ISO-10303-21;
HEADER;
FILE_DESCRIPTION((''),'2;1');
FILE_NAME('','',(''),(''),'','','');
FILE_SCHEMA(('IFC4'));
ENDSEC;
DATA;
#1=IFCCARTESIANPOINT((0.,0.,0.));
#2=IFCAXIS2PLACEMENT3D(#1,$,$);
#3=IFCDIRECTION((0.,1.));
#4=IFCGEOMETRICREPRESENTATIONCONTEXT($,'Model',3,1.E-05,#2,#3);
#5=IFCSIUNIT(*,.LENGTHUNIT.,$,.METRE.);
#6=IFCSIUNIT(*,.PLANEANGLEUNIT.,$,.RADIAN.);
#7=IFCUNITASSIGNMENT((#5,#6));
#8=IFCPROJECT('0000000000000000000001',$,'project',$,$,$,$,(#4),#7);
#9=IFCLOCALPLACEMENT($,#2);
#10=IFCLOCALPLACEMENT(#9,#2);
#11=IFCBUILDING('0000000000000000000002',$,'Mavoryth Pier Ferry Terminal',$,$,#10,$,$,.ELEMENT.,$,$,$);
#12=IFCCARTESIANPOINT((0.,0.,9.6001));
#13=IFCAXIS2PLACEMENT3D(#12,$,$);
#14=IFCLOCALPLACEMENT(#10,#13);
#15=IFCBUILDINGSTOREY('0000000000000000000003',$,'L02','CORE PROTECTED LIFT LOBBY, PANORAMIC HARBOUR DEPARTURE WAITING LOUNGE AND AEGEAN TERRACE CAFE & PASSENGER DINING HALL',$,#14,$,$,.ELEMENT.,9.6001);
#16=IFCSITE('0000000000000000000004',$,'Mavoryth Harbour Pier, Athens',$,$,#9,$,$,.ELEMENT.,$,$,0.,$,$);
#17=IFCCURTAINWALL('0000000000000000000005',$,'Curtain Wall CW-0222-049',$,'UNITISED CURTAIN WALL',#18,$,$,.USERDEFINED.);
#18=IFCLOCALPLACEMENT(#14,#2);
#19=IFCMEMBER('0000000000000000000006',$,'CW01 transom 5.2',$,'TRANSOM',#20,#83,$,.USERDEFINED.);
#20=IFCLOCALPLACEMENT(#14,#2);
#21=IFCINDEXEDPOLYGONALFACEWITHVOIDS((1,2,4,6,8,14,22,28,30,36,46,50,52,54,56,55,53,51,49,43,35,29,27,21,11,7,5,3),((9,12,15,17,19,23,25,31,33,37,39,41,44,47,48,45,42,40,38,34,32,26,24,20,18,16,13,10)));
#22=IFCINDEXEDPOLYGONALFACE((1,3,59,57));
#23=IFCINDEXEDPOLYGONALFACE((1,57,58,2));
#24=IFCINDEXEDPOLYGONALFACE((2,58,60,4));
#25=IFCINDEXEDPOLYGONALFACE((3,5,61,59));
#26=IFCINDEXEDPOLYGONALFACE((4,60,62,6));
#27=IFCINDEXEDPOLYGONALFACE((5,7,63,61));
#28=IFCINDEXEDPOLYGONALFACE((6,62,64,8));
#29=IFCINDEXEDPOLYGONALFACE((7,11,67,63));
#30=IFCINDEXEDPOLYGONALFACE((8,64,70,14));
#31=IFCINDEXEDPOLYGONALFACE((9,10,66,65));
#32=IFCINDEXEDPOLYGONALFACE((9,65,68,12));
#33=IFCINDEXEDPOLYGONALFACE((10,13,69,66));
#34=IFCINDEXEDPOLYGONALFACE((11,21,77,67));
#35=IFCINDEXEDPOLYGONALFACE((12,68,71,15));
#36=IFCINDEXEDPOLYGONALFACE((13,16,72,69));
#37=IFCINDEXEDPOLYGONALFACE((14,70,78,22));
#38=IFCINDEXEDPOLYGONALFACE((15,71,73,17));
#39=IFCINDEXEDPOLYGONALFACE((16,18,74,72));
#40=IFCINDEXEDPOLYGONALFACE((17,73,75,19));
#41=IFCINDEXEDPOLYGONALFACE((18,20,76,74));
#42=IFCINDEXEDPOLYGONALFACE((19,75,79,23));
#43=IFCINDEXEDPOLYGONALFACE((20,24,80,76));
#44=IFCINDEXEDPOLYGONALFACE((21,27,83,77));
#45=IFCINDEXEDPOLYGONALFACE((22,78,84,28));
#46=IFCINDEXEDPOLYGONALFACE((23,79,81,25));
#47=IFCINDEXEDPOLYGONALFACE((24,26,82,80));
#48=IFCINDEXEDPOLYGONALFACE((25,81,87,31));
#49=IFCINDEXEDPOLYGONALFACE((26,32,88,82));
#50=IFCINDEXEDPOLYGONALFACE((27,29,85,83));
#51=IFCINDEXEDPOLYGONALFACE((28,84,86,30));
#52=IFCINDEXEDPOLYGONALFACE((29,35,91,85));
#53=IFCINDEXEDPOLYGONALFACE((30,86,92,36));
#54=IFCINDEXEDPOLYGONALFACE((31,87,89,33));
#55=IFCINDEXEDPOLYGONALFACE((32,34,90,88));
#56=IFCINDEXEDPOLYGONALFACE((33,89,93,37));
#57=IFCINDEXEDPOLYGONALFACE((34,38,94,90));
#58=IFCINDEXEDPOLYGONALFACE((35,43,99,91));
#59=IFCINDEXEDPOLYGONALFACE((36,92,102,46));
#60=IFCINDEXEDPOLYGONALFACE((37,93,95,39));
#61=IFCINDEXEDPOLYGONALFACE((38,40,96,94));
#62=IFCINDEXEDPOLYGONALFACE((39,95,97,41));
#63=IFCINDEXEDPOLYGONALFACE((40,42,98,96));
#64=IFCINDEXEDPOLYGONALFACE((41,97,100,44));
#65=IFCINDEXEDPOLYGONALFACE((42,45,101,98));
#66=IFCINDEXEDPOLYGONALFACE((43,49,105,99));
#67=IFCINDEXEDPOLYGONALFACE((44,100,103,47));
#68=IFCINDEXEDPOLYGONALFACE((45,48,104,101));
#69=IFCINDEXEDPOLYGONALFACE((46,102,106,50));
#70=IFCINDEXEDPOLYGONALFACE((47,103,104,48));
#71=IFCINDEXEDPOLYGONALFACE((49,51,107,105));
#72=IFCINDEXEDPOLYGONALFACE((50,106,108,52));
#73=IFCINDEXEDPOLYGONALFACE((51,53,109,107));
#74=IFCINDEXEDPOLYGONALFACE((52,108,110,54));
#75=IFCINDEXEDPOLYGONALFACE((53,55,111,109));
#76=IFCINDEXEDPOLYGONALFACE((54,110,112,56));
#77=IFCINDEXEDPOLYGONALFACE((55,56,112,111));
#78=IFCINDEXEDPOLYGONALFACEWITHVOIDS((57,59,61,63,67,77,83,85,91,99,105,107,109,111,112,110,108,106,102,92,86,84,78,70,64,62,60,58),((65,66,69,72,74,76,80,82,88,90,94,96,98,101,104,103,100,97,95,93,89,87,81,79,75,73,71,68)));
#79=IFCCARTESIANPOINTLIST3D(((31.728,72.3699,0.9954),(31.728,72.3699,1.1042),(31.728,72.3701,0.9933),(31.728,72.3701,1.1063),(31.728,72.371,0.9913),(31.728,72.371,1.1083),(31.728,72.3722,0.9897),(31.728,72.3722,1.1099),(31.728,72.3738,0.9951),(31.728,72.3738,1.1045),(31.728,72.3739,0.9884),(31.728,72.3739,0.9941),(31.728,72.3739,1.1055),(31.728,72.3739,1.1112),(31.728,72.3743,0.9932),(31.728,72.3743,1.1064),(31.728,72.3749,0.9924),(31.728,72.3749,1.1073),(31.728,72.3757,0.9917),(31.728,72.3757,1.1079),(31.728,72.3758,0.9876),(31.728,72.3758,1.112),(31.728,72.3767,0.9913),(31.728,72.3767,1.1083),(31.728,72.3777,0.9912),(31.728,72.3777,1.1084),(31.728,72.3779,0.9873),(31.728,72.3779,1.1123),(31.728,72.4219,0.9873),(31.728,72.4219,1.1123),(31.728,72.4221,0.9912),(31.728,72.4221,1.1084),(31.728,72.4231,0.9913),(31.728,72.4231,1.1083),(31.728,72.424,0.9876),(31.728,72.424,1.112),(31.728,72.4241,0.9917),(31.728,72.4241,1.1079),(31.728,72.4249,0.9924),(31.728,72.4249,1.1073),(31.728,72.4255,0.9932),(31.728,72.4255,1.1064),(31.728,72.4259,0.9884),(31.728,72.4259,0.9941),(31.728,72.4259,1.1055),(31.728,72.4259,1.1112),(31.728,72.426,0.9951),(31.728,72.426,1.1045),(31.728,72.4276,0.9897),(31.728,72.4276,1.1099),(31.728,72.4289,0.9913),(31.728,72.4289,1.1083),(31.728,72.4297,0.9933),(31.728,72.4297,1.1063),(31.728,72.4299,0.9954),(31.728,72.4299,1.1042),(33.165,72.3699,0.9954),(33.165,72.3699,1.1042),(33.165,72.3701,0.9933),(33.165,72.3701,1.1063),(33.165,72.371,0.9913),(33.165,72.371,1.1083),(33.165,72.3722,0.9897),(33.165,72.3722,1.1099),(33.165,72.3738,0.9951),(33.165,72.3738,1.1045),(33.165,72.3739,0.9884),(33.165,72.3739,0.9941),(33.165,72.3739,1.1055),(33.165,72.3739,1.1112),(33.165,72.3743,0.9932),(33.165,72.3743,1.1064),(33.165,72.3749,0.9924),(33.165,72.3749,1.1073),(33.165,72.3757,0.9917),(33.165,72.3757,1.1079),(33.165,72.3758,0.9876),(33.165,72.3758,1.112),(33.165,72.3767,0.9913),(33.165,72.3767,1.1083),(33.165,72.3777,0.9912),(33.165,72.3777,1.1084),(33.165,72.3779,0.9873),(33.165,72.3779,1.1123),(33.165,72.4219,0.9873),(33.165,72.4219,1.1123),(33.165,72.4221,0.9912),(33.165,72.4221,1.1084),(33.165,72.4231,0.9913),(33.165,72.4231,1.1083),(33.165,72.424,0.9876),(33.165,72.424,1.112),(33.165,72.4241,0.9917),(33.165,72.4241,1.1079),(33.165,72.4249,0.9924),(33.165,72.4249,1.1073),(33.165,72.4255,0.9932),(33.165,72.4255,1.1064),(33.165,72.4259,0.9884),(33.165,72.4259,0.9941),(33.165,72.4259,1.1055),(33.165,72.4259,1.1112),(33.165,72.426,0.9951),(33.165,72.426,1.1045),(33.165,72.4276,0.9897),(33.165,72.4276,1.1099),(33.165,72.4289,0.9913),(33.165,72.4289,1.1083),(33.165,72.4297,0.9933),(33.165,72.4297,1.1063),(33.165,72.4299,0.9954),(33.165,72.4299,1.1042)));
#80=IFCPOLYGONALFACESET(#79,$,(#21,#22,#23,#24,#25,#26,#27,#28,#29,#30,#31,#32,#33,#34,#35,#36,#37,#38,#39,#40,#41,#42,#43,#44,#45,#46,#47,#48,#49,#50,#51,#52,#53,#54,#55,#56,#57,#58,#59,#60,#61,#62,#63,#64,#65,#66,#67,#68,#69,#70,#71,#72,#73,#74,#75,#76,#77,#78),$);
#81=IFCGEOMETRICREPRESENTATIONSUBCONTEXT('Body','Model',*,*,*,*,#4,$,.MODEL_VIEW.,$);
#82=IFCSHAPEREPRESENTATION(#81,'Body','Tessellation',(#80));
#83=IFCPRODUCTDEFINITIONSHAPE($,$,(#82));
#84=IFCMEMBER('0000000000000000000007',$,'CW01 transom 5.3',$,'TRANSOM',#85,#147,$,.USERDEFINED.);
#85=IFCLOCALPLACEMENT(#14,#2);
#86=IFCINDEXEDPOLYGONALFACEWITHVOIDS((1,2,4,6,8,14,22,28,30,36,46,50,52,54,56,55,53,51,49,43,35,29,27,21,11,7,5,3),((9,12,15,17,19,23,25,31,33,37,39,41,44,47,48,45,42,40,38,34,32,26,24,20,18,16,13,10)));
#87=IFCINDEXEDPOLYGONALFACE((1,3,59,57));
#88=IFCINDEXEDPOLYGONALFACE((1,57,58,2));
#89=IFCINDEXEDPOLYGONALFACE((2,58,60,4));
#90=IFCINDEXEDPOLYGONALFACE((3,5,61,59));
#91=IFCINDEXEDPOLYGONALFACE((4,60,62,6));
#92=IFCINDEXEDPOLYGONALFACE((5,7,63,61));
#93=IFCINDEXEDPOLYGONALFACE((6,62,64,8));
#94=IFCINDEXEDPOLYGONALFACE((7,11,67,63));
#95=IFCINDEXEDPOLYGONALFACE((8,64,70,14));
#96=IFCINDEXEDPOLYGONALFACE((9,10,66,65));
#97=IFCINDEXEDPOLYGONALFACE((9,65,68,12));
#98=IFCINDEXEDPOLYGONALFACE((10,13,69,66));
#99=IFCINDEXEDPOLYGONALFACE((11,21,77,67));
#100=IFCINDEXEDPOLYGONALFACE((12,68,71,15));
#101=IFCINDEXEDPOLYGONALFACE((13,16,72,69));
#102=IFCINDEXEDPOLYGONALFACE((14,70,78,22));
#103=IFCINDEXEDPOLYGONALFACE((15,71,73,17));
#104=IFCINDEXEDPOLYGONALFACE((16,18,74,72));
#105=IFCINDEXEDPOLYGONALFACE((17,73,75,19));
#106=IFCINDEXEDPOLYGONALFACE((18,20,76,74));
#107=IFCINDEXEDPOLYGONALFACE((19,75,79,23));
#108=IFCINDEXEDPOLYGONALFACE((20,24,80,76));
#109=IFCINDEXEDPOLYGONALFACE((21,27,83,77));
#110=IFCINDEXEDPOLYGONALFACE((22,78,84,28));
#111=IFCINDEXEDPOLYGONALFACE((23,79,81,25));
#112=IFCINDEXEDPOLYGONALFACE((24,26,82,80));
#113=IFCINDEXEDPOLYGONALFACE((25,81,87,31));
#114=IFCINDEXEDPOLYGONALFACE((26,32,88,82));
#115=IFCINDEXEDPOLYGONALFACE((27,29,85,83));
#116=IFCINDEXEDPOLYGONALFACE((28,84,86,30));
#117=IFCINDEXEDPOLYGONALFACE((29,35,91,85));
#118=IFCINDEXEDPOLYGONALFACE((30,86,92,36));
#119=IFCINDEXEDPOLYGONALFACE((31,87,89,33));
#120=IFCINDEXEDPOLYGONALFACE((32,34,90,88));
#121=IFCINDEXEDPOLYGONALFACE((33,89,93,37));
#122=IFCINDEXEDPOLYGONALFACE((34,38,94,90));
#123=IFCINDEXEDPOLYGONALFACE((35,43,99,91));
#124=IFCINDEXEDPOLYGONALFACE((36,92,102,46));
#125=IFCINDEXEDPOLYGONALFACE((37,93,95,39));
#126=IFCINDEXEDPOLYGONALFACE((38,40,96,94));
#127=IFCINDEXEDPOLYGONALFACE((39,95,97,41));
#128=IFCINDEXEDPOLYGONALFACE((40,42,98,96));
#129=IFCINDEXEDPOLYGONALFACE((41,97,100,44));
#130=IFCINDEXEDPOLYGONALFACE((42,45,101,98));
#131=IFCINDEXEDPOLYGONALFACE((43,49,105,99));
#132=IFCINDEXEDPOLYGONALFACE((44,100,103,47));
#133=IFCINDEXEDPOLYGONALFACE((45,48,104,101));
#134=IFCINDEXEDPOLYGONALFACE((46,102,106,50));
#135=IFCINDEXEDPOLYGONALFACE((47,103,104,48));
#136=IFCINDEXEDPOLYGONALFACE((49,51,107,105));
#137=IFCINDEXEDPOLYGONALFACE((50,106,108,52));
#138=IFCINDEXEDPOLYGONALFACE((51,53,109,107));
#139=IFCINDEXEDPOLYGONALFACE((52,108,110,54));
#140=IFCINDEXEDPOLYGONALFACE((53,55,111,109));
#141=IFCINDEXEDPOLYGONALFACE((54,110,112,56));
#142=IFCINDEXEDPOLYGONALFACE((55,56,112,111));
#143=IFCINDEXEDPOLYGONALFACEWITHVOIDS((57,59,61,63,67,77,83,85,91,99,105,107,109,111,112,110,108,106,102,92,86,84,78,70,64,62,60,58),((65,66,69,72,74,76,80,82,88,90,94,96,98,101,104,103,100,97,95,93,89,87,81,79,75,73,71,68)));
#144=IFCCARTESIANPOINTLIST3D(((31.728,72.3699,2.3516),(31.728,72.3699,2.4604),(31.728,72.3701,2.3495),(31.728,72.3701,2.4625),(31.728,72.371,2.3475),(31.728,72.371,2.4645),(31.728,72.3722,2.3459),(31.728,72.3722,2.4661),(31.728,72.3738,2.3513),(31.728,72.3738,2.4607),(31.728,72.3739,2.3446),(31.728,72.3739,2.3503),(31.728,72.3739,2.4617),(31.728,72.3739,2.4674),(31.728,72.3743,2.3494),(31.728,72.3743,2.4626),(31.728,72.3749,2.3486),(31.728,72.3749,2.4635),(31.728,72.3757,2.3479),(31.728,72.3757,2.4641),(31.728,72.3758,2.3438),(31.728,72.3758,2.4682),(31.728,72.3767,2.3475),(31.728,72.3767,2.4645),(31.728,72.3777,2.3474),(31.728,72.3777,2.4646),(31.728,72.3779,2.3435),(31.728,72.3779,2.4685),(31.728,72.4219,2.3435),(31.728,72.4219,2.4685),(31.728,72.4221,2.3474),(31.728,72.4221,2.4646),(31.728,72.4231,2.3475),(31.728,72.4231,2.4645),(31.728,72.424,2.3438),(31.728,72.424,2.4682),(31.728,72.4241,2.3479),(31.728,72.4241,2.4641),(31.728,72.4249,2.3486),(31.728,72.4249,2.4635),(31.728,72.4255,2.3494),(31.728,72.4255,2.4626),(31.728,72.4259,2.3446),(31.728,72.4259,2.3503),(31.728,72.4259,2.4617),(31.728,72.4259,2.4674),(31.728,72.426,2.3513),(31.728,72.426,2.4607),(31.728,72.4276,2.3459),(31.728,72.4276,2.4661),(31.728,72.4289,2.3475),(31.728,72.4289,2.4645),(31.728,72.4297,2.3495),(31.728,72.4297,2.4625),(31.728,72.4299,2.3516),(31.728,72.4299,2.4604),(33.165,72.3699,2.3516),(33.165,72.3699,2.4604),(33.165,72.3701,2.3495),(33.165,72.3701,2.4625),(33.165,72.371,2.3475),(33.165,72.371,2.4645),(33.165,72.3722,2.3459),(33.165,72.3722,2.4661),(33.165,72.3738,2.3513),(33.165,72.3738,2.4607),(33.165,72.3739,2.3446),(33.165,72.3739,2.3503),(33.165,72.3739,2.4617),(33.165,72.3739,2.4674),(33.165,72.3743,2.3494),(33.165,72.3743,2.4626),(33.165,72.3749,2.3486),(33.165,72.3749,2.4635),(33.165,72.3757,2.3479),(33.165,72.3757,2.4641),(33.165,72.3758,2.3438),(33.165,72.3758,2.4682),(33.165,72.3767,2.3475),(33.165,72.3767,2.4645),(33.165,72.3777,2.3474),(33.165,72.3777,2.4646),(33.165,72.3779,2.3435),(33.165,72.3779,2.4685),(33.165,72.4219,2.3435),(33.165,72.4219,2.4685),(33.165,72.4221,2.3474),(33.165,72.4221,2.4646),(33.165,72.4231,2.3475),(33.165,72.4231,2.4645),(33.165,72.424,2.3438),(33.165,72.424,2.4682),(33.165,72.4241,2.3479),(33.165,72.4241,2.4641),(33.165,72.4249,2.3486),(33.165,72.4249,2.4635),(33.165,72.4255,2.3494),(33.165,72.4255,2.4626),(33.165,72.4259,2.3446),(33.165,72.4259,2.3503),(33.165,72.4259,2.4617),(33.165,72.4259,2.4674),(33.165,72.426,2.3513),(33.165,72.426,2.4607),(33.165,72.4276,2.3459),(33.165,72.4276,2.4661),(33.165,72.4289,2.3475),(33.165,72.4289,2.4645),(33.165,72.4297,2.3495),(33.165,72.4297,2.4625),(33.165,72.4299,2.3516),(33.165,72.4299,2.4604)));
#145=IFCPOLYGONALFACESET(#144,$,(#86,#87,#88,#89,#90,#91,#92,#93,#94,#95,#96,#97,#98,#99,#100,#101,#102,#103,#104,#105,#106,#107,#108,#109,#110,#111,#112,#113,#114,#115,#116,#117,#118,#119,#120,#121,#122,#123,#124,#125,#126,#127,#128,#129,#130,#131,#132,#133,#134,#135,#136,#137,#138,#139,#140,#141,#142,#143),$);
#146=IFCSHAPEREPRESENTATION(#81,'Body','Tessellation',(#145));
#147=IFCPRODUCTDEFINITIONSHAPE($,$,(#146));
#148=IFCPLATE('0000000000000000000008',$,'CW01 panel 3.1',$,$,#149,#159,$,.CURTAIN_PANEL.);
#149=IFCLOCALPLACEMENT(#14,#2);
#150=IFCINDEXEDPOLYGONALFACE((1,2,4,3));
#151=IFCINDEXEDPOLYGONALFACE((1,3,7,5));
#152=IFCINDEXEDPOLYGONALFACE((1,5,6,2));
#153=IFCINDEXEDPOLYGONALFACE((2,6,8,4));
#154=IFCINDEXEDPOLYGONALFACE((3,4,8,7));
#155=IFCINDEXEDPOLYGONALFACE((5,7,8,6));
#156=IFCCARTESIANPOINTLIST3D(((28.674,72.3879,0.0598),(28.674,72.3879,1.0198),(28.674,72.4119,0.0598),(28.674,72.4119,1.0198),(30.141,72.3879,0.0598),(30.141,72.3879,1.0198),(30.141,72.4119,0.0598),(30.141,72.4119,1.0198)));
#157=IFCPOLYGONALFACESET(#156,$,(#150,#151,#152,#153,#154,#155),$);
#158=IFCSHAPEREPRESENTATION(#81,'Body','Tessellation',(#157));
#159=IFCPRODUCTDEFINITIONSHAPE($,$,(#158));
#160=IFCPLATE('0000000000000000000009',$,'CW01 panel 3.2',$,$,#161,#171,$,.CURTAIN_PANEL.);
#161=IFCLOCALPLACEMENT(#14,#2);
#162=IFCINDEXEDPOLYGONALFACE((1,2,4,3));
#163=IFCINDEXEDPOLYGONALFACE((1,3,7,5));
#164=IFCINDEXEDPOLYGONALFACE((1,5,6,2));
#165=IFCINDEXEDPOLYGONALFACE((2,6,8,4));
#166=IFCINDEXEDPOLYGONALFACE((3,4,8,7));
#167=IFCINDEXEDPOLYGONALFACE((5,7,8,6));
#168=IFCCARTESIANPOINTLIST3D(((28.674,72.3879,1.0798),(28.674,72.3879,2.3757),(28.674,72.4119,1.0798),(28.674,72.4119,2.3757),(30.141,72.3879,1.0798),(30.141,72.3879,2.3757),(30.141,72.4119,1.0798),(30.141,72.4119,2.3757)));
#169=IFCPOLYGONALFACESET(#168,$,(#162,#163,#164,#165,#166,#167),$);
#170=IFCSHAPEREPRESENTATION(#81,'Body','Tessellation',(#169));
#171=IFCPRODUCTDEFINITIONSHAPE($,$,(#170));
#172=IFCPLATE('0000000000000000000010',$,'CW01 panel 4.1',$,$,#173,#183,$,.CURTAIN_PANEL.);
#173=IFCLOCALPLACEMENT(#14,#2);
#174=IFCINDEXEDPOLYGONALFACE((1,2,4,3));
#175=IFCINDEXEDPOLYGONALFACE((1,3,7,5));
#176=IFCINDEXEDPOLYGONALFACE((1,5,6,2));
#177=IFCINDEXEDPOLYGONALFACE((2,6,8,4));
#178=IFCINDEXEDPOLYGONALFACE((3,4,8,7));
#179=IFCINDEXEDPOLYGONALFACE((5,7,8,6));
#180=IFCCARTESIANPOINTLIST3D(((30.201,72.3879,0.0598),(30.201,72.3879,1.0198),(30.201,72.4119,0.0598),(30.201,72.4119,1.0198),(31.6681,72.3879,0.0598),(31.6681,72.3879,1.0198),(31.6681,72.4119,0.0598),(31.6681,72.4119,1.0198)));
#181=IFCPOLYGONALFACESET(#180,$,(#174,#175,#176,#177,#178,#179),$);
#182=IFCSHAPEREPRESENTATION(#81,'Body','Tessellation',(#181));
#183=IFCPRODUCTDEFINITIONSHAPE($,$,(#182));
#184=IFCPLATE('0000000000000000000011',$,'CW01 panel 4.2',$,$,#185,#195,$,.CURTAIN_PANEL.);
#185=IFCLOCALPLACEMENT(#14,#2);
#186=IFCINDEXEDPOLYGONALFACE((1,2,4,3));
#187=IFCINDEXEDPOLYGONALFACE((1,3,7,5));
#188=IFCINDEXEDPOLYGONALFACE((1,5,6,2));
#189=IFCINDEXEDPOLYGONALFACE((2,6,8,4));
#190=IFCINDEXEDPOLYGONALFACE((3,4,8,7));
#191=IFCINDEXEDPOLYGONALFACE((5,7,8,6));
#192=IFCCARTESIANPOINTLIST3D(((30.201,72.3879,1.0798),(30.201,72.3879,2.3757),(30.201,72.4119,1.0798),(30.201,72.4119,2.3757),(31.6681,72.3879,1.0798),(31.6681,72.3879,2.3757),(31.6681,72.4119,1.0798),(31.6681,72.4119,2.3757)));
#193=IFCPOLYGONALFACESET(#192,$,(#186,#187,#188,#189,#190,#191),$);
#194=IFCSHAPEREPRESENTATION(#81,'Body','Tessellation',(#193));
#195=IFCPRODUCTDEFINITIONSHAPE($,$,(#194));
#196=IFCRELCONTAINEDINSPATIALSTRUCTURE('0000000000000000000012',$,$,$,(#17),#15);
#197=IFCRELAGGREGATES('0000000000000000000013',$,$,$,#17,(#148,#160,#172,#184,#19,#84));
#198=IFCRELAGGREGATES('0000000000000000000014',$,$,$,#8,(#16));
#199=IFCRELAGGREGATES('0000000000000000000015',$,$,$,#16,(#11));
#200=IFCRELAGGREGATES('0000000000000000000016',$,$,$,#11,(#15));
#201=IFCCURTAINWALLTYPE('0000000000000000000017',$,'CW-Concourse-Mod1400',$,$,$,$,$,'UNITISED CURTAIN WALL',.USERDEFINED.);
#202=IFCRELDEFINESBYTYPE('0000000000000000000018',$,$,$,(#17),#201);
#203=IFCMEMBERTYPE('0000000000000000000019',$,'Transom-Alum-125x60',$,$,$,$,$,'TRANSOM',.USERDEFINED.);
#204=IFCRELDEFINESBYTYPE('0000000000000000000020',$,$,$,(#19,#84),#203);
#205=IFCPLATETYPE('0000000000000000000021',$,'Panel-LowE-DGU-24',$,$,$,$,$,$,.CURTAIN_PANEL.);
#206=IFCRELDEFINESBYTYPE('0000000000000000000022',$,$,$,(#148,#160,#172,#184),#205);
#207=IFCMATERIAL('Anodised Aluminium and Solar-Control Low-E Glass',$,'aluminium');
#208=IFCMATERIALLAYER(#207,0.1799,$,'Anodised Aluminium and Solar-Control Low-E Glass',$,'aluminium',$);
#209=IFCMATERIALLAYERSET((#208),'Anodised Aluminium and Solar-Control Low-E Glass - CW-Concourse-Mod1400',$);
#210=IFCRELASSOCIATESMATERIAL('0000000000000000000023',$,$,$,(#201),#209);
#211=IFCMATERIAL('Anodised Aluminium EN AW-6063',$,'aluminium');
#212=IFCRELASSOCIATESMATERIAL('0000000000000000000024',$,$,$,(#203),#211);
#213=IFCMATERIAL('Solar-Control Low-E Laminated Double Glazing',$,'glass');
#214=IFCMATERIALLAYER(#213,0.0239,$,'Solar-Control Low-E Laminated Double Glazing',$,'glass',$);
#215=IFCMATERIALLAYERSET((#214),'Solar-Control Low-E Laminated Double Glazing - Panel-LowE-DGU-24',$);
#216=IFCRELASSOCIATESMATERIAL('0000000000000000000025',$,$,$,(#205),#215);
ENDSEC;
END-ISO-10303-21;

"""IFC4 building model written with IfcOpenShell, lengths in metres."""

from ifc_helpers import new_model, si_unit, direction, frame, origin, origin_2d, place, context, subcontext, project, spatial, rectangle, hollow_rectangle, extrude, material, layer, layer_set, material_profile, profile_set, type_object, element, aggregate, save


model = new_model("IFC4")

# Units and contexts
model_context = context("Model", 3, precision=1e-05, world=origin(), true_north=direction((0.0, 1.0)))
body_context = subcontext(model_context, "Body", "Model", "MODEL_VIEW")
ifc_project = project(units=[si_unit("LENGTHUNIT", "METRE"), si_unit("PLANEANGLEUNIT", "RADIAN")], contexts=[model_context])

# Site, building, storey
site_placement = place(None, origin())
site = spatial("IfcSite", under=ifc_project, at=site_placement, Name="Mavoryth Harbour Pier, Athens", CompositionType="ELEMENT", RefElevation=0.0)
building_placement = place(site_placement, origin())
building = spatial("IfcBuilding", under=site, at=building_placement, Name="Mavoryth Pier Ferry Terminal", CompositionType="ELEMENT")
storey_placement = place(building_placement, frame((0.0, 0.0, 9.6001)))
storey = spatial("IfcBuildingStorey", under=building, at=storey_placement, Name="L02", Description="CORE PROTECTED LIFT LOBBY, PANORAMIC HARBOUR DEPARTURE WAITING LOUNGE AND AEGEAN TERRACE CAFE & PASSENGER DINING HALL", CompositionType="ELEMENT", Elevation=9.6001)

# Shared definitions
ifc_material_1 = material(Name="Anodised Aluminium and Solar-Control Low-E Glass", Category="aluminium")
ifc_layer_1 = layer(ifc_material_1, 0.1799, Name="Anodised Aluminium and Solar-Control Low-E Glass", Category="aluminium")
ifc_layer_set_1 = layer_set([ifc_layer_1], Name="Anodised Aluminium and Solar-Control Low-E Glass - CW-Concourse-Mod1400")
curtain_wall_type = type_object("IfcCurtainWallType", Name="CW-Concourse-Mod1400", ElementType="UNITISED CURTAIN WALL", PredefinedType="USERDEFINED", material=ifc_layer_set_1)
ifc_material_2 = material(Name="Anodised Aluminium EN AW-6063", Category="aluminium")

# Curtain wall
curtain_wall_1_placement = place(storey_placement, origin())
curtain_wall_1 = element("IfcCurtainWall", 1, at=curtain_wall_1_placement, inside=storey, type_object=curtain_wall_type, Name="Curtain Wall CW-0222-049", ObjectType="UNITISED CURTAIN WALL", PredefinedType="USERDEFINED")

# Members
ifc_material_profile_1 = material_profile(ifc_material_2, hollow_rectangle(XDim=0.0601, YDim=0.125, WallThickness=0.0039, InnerFilletRadius=0.0039, OuterFilletRadius=0.0081, at=origin_2d()), Name="AL-TRAN 125x60x4", Category="aluminium")
ifc_profile_set_1 = profile_set([ifc_material_profile_1], Name="Anodised Aluminium EN AW-6063 - AL-TRAN 125x60x4")
member_type_1 = type_object("IfcMemberType", Name="Transom-Alum-125x60", ElementType="TRANSOM", PredefinedType="USERDEFINED", material=ifc_profile_set_1)
member_1_placement = place(storey_placement, frame((31.728, 72.3999, 1.0498), z_axis=(1.0, 0.0, 0.0), x_axis=(0.0, 1.0, 0.0)))
member_1 = element("IfcMember", 2, at=member_1_placement, type_object=member_type_1, Name="CW01 transom 5.2", ObjectType="TRANSOM", PredefinedType="USERDEFINED", context=body_context, shape_type="SweptSolid", body=[
    extrude(hollow_rectangle(XDim=0.0601, YDim=0.125, WallThickness=0.0039, InnerFilletRadius=0.0039, OuterFilletRadius=0.0081, at=origin_2d()), origin(), (0.0, 0.0, 1.0), 1.437),
])
member_2_placement = place(storey_placement, frame((31.728, 72.3999, 2.406), z_axis=(1.0, 0.0, 0.0), x_axis=(0.0, 1.0, 0.0)))
member_2 = element("IfcMember", 3, at=member_2_placement, type_object=member_type_1, Name="CW01 transom 5.3", ObjectType="TRANSOM", PredefinedType="USERDEFINED", context=body_context, shape_type="SweptSolid", body=[
    extrude(hollow_rectangle(XDim=0.0601, YDim=0.125, WallThickness=0.0039, InnerFilletRadius=0.0039, OuterFilletRadius=0.0081, at=origin_2d()), origin(), (0.0, 0.0, 1.0), 1.437),
])

# Plates
ifc_material_3 = material(Name="Solar-Control Low-E Laminated Double Glazing", Category="glass")
ifc_layer_2 = layer(ifc_material_3, 0.0239, Name="Solar-Control Low-E Laminated Double Glazing", Category="glass")
ifc_layer_set_2 = layer_set([ifc_layer_2], Name="Solar-Control Low-E Laminated Double Glazing - Panel-LowE-DGU-24")
plate_type = type_object("IfcPlateType", Name="Panel-LowE-DGU-24", PredefinedType="CURTAIN_PANEL", material=ifc_layer_set_2)
plate_1_placement = place(storey_placement, frame((29.4075, 72.3999, 0.0598), z_axis=(0.0, 0.0, 1.0), x_axis=(1.0, 0.0, 0.0)))
plate_1 = element("IfcPlate", 4, at=plate_1_placement, type_object=plate_type, Name="CW01 panel 3.1", PredefinedType="CURTAIN_PANEL", context=body_context, shape_type="SweptSolid", body=[
    extrude(rectangle(XDim=1.467, YDim=0.0239, at=origin_2d()), origin(), (0.0, 0.0, 1.0), 0.96),
])
plate_2_placement = place(storey_placement, frame((29.4075, 72.3999, 1.0798), z_axis=(0.0, 0.0, 1.0), x_axis=(1.0, 0.0, 0.0)))
plate_2 = element("IfcPlate", 5, at=plate_2_placement, type_object=plate_type, Name="CW01 panel 3.2", PredefinedType="CURTAIN_PANEL", context=body_context, shape_type="SweptSolid", body=[
    extrude(rectangle(XDim=1.467, YDim=0.0239, at=origin_2d()), origin(), (0.0, 0.0, 1.0), 1.2959),
])
plate_3_placement = place(storey_placement, frame((30.9346, 72.3999, 0.0598), z_axis=(0.0, 0.0, 1.0), x_axis=(1.0, 0.0, 0.0)))
plate_3 = element("IfcPlate", 6, at=plate_3_placement, type_object=plate_type, Name="CW01 panel 4.1", PredefinedType="CURTAIN_PANEL", context=body_context, shape_type="SweptSolid", body=[
    extrude(rectangle(XDim=1.467, YDim=0.0239, at=origin_2d()), origin(), (0.0, 0.0, 1.0), 0.96),
])
plate_4_placement = place(storey_placement, frame((30.9346, 72.3999, 1.0798), z_axis=(0.0, 0.0, 1.0), x_axis=(1.0, 0.0, 0.0)))
plate_4 = element("IfcPlate", 7, at=plate_4_placement, type_object=plate_type, Name="CW01 panel 4.2", PredefinedType="CURTAIN_PANEL", context=body_context, shape_type="SweptSolid", body=[
    extrude(rectangle(XDim=1.467, YDim=0.0239, at=origin_2d()), origin(), (0.0, 0.0, 1.0), 1.2959),
])
aggregate(curtain_wall_1, [plate_1, plate_2, plate_3, plate_4, member_1, member_2])

save(model, "model.ifc")
